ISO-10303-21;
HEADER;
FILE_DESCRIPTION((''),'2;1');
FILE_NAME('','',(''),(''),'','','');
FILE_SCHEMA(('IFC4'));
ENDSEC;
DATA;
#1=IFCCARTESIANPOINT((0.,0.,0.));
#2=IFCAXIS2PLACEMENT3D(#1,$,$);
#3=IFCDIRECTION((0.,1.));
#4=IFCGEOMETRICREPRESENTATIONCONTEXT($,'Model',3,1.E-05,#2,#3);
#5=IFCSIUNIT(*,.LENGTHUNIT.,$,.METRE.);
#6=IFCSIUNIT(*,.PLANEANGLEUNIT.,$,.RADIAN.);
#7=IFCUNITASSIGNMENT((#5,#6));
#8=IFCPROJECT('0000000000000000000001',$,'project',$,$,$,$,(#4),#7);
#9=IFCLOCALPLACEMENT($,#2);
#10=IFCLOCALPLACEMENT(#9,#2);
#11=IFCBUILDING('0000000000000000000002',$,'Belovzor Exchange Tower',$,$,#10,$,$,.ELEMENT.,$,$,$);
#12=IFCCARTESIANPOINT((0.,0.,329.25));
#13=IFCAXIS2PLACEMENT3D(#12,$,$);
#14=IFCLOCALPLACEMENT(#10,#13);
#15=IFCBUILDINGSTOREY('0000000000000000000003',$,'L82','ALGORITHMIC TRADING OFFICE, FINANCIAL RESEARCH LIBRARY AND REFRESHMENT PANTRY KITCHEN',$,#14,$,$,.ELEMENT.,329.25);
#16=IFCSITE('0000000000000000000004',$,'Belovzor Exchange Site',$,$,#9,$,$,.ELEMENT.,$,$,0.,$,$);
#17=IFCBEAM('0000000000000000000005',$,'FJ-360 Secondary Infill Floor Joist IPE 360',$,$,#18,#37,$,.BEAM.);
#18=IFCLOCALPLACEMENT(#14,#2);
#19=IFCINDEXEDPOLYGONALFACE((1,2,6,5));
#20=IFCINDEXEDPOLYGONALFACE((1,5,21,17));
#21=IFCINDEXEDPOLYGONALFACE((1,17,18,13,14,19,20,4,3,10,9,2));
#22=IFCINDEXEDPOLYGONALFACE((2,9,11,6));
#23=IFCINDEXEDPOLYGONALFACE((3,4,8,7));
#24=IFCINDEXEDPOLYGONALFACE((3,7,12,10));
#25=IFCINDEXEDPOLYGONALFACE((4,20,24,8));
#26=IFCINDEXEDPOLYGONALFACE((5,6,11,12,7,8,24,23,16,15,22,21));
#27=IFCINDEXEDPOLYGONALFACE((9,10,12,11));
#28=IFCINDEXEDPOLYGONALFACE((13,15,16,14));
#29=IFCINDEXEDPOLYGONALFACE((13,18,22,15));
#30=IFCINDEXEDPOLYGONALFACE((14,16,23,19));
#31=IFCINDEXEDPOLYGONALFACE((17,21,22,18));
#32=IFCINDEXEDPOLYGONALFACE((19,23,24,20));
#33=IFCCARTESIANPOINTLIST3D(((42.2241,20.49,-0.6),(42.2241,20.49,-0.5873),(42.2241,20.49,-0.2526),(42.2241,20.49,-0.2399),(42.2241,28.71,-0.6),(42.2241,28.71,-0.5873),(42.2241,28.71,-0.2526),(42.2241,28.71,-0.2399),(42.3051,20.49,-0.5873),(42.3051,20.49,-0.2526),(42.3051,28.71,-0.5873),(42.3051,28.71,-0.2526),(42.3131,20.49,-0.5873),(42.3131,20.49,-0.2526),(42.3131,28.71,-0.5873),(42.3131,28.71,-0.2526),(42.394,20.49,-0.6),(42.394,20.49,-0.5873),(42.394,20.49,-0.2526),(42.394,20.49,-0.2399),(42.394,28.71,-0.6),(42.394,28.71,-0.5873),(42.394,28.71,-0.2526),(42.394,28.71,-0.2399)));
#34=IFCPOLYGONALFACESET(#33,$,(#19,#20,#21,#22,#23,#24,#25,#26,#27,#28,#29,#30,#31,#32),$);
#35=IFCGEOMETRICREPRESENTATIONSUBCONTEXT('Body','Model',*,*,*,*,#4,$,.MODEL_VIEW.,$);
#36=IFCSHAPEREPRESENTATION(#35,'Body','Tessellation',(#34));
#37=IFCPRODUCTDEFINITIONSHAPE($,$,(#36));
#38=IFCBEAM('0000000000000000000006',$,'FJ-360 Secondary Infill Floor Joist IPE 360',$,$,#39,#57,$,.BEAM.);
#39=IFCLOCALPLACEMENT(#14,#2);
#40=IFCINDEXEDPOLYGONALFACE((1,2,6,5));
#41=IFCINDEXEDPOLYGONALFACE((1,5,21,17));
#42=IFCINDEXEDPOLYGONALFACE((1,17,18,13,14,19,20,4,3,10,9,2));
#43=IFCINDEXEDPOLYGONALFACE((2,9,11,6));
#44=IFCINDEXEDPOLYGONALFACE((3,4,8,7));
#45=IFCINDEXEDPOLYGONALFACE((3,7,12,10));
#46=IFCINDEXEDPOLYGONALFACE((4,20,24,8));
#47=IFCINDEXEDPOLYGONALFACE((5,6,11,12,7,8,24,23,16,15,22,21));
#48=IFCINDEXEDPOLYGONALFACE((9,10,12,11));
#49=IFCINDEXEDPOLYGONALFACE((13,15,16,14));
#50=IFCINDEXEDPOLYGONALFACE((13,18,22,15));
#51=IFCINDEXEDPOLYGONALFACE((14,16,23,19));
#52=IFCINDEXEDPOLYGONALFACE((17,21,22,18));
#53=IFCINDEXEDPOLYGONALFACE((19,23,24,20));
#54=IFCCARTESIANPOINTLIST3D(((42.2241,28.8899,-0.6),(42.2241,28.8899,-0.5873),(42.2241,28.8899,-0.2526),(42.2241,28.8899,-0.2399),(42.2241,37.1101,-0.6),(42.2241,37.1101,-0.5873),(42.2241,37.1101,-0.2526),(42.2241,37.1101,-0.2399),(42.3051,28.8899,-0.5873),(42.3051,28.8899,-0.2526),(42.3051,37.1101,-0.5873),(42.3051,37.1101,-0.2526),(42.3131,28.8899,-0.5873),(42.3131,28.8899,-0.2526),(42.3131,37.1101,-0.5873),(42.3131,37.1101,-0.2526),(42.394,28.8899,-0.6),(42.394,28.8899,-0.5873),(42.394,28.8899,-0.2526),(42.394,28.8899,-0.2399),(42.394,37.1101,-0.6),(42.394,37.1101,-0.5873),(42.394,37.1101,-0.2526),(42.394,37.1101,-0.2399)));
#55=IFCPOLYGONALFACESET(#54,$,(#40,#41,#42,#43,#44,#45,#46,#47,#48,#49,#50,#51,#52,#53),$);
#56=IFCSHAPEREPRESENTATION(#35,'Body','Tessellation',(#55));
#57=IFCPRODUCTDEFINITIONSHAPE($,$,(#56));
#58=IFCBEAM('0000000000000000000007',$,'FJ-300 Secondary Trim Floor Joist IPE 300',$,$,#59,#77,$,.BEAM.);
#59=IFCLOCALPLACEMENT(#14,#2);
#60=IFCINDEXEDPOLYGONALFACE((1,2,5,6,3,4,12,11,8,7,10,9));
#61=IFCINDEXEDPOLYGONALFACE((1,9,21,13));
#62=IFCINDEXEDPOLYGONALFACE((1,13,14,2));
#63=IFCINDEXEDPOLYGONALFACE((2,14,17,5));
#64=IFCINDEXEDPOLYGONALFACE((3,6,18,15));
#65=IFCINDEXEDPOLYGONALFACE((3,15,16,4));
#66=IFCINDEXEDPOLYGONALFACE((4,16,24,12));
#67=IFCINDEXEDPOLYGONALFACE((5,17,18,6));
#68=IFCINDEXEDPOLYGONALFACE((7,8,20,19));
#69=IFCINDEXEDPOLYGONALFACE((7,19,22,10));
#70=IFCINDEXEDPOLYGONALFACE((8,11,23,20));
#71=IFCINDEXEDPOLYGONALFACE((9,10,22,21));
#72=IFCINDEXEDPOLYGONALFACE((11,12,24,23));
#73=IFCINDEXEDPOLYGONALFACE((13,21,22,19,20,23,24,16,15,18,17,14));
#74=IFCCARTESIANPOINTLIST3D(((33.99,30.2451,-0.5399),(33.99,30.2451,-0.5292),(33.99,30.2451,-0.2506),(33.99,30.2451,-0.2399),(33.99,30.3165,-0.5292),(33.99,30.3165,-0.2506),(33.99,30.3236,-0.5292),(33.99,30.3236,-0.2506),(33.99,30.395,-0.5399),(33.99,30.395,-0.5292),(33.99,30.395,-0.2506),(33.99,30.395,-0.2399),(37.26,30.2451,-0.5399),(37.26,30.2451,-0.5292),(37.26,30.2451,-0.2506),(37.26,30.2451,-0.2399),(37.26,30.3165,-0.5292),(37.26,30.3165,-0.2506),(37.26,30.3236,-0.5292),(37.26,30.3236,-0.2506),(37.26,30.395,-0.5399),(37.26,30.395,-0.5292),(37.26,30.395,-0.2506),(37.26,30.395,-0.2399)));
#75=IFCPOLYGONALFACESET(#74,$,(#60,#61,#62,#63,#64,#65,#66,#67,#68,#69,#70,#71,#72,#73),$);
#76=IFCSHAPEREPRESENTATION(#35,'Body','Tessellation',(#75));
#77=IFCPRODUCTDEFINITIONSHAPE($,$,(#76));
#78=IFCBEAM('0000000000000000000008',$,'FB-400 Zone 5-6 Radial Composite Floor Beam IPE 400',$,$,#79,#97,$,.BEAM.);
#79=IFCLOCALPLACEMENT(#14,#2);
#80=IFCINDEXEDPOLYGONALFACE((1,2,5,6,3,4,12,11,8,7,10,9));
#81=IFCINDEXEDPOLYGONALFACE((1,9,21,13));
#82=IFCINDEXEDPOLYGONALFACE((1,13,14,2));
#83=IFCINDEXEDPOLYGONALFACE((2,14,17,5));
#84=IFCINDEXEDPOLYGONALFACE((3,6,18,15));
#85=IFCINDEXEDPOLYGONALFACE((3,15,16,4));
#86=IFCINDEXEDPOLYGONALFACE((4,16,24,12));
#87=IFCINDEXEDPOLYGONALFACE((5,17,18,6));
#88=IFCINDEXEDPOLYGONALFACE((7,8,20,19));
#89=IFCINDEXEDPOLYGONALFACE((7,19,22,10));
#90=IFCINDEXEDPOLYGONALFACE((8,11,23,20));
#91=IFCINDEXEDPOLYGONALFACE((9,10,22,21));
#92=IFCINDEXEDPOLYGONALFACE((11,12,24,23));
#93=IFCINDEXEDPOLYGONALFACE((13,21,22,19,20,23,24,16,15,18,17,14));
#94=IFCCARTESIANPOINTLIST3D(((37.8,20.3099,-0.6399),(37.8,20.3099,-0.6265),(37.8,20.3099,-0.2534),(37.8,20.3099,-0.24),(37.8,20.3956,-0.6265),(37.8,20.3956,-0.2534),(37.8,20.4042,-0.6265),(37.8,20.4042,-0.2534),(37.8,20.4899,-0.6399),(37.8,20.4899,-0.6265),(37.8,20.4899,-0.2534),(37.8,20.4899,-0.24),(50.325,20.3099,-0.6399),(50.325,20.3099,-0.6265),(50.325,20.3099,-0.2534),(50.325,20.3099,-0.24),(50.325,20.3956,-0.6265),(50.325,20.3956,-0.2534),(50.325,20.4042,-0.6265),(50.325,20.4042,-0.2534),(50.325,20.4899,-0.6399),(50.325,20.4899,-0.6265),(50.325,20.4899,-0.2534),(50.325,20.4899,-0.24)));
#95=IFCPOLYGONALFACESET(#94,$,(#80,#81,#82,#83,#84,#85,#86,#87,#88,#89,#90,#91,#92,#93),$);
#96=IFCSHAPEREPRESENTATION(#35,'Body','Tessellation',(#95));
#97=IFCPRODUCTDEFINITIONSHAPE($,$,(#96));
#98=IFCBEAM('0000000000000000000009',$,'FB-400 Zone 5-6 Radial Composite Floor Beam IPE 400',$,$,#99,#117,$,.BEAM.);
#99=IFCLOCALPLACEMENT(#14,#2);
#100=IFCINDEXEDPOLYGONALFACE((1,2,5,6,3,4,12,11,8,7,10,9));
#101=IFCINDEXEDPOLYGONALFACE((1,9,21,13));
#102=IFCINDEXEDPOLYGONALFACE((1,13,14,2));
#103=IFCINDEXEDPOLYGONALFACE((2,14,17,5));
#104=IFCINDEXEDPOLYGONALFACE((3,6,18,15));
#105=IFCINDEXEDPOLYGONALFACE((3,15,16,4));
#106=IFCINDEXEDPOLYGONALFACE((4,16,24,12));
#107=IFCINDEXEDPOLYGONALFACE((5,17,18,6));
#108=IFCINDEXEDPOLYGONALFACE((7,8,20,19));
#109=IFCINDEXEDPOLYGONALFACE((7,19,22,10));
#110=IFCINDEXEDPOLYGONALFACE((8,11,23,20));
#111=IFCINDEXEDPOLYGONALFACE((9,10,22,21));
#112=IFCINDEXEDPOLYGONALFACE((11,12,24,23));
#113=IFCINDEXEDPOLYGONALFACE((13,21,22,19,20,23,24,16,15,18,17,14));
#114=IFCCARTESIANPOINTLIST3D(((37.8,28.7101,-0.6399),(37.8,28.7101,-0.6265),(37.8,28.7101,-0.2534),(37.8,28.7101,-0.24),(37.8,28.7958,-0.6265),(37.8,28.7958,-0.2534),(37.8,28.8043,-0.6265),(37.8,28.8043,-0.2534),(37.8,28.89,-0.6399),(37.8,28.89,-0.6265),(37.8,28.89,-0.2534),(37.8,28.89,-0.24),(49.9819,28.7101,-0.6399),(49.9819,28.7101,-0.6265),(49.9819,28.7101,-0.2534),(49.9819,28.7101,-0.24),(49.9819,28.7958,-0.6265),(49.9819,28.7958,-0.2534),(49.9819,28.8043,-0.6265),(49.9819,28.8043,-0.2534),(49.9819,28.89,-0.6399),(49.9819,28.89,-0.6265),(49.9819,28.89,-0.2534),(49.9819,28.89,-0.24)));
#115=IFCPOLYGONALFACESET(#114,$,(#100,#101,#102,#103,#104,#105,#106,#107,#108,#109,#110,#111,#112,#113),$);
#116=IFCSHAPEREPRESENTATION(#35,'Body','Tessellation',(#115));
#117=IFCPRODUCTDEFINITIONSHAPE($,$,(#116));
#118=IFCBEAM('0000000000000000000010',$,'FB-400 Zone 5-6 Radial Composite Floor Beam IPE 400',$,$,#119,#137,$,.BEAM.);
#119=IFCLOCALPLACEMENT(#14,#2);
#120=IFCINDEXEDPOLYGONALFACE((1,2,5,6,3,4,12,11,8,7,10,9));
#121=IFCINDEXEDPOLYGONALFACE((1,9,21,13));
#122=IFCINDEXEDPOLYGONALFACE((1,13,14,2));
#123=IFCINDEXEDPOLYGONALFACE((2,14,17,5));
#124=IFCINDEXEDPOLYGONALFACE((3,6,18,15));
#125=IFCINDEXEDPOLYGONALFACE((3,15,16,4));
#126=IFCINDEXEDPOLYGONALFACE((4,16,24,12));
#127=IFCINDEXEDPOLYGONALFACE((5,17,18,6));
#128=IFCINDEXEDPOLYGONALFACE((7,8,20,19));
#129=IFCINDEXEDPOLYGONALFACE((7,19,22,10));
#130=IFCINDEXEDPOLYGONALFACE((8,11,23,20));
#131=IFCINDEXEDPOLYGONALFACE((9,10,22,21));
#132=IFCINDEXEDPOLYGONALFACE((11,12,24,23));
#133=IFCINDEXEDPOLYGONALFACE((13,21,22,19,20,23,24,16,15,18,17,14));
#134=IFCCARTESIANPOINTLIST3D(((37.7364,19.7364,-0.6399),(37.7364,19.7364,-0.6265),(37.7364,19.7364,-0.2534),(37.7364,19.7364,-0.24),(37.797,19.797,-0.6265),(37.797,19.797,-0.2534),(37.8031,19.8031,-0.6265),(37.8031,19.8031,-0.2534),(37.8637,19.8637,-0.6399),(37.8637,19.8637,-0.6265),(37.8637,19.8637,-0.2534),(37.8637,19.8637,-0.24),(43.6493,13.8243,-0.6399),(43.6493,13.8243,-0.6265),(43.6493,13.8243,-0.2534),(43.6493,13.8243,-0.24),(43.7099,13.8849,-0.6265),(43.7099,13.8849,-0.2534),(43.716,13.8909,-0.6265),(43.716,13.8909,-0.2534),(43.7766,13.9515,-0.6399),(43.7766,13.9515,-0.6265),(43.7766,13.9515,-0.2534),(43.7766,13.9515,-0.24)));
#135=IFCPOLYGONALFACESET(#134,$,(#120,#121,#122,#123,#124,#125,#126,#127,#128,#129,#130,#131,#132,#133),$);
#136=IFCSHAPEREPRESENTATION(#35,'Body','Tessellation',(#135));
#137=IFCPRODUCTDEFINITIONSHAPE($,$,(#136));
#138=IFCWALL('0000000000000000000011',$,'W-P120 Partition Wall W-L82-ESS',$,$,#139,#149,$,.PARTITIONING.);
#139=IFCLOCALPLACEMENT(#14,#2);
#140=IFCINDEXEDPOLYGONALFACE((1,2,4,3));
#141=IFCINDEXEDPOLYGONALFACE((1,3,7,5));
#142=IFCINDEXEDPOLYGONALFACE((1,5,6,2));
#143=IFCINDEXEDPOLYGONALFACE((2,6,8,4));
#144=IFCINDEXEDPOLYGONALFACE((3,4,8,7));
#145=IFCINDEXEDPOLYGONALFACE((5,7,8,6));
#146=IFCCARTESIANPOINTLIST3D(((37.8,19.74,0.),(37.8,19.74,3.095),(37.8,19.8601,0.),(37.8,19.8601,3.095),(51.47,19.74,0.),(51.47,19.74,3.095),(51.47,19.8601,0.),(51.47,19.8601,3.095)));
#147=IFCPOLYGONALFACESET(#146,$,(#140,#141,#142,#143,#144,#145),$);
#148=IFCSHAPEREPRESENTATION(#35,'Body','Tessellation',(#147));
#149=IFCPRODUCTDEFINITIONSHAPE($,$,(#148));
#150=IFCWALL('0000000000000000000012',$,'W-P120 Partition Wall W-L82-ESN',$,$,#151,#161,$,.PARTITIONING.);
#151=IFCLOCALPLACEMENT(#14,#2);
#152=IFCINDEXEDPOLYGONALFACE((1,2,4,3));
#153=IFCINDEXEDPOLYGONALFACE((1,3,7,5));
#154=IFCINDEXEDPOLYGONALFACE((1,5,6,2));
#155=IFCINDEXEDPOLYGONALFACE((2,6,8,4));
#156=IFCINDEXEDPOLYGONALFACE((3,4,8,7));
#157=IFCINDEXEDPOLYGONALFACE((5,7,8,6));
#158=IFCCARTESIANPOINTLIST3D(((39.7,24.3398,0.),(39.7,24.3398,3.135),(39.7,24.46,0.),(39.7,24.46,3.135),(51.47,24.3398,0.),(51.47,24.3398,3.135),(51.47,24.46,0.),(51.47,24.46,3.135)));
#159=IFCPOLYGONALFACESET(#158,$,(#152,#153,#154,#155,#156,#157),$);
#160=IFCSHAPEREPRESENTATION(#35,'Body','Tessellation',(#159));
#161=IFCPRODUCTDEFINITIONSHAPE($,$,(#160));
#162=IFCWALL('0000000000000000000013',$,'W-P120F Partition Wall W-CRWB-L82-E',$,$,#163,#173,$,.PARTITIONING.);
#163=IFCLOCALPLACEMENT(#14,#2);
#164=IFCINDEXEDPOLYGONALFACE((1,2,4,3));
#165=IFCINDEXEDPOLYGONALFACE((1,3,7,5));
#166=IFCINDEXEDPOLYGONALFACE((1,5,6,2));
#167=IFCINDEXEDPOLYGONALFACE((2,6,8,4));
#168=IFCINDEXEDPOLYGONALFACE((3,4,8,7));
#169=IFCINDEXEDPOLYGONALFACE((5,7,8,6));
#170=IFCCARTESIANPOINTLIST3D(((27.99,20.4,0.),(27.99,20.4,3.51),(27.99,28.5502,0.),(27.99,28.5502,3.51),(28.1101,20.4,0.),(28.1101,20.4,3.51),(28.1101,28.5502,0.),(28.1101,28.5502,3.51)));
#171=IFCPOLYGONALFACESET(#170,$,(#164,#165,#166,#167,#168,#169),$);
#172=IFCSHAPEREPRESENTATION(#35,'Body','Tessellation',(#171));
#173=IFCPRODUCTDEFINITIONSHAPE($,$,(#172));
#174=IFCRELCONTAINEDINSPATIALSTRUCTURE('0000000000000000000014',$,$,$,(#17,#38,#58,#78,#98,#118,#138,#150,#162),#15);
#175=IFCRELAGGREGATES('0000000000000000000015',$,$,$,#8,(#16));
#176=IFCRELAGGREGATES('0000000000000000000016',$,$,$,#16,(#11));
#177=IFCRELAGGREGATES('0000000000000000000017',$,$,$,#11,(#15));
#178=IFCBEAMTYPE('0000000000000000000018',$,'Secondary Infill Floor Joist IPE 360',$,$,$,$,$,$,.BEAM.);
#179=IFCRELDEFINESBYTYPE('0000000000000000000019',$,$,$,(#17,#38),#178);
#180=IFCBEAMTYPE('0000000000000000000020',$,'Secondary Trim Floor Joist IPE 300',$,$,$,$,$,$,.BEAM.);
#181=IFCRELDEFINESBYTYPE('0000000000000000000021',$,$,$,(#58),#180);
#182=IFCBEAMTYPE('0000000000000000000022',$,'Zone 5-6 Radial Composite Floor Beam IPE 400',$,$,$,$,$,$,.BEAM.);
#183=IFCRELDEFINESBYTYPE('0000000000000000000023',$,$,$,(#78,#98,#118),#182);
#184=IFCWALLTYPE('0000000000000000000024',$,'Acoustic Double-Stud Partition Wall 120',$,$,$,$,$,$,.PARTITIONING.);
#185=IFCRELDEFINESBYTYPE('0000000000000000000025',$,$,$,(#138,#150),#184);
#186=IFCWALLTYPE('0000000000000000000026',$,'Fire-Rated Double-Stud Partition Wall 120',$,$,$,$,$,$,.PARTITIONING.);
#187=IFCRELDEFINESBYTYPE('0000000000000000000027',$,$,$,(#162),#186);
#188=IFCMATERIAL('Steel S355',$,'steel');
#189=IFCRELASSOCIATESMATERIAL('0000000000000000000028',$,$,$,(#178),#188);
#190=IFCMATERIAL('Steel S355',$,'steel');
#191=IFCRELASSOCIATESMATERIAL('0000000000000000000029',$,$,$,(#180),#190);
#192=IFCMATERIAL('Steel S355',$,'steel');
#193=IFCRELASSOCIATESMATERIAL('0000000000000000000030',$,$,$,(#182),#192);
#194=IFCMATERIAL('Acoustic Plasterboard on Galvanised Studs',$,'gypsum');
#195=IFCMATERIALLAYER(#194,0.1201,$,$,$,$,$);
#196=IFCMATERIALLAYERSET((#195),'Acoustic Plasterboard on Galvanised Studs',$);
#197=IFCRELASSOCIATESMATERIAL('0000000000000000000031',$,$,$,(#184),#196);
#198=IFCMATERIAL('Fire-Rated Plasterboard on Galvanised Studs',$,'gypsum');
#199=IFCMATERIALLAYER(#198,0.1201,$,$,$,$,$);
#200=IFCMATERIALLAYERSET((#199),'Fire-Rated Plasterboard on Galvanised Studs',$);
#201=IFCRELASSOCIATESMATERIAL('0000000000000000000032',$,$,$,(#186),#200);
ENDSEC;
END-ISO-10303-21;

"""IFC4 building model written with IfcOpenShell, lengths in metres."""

from ifc_helpers import new_model, si_unit, direction, frame, frame_2d, origin, origin_2d, place, context, subcontext, project, spatial, rectangle, i_section, extrude, material, layer, layer_set, material_profile, profile_set, type_object, element, save


model = new_model("IFC4")

# Units and contexts
model_context = context("Model", 3, precision=1e-05, world=origin(), true_north=direction((0.0, 1.0)))
body_context = subcontext(model_context, "Body", "Model", "MODEL_VIEW")
ifc_project = project(units=[si_unit("LENGTHUNIT", "METRE"), si_unit("PLANEANGLEUNIT", "RADIAN")], contexts=[model_context])

# Site, building, storey
site_placement = place(None, origin())
site = spatial("IfcSite", under=ifc_project, at=site_placement, Name="Belovzor Exchange Site", CompositionType="ELEMENT", RefElevation=0.0)
building_placement = place(site_placement, origin())
building = spatial("IfcBuilding", under=site, at=building_placement, Name="Belovzor Exchange Tower", CompositionType="ELEMENT")
storey_placement = place(building_placement, frame((0.0, 0.0, 329.25)))
storey = spatial("IfcBuildingStorey", under=building, at=storey_placement, Name="L82", Description="ALGORITHMIC TRADING OFFICE, FINANCIAL RESEARCH LIBRARY AND REFRESHMENT PANTRY KITCHEN", CompositionType="ELEMENT", Elevation=329.25)

# Beams
ifc_material_1 = material(Name="Steel S355", Category="steel")
ifc_material_profile_1 = material_profile(ifc_material_1, i_section(OverallWidth=0.1699, OverallDepth=0.3601, WebThickness=0.0081, FlangeThickness=0.0127, at=origin_2d()))
ifc_profile_set_1 = profile_set([ifc_material_profile_1], Name="Steel S355")
beam_type_1 = type_object("IfcBeamType", Name="Secondary Infill Floor Joist IPE 360", PredefinedType="BEAM", material=ifc_profile_set_1)
beam_1_placement = place(storey_placement, frame((42.3091, 20.49, -0.4199), z_axis=(0.0, 1.0, 0.0), x_axis=(-1.0, 0.0, 0.0)))
element("IfcBeam", 1, at=beam_1_placement, inside=storey, type_object=beam_type_1, Name="FJ-360 Secondary Infill Floor Joist IPE 360", PredefinedType="BEAM", context=body_context, shape_type="SweptSolid", body=[
    extrude(i_section(OverallWidth=0.1699, OverallDepth=0.3601, WebThickness=0.0081, FlangeThickness=0.0127, at=origin_2d()), origin(), (0.0, 0.0, 1.0), 8.22),
])
beam_2_placement = place(storey_placement, frame((42.3091, 28.8899, -0.4199), z_axis=(0.0, 1.0, 0.0), x_axis=(-1.0, 0.0, 0.0)))
element("IfcBeam", 2, at=beam_2_placement, inside=storey, type_object=beam_type_1, Name="FJ-360 Secondary Infill Floor Joist IPE 360", PredefinedType="BEAM", context=body_context, shape_type="SweptSolid", body=[
    extrude(i_section(OverallWidth=0.1699, OverallDepth=0.3601, WebThickness=0.0081, FlangeThickness=0.0127, at=origin_2d()), origin(), (0.0, 0.0, 1.0), 8.2202),
])
ifc_material_2 = material(Name="Steel S355", Category="steel")
ifc_material_profile_2 = material_profile(ifc_material_2, i_section(OverallWidth=0.1499, OverallDepth=0.3, WebThickness=0.0071, FlangeThickness=0.0107, at=origin_2d()))
ifc_profile_set_2 = profile_set([ifc_material_profile_2], Name="Steel S355")
beam_type_2 = type_object("IfcBeamType", Name="Secondary Trim Floor Joist IPE 300", PredefinedType="BEAM", material=ifc_profile_set_2)
beam_3_placement = place(storey_placement, frame((37.26, 30.3201, -0.3899), z_axis=(-1.0, 0.0, 0.0), x_axis=(0.0, -1.0, 0.0)))
element("IfcBeam", 3, at=beam_3_placement, inside=storey, type_object=beam_type_2, Name="FJ-300 Secondary Trim Floor Joist IPE 300", PredefinedType="BEAM", context=body_context, shape_type="SweptSolid", body=[
    extrude(i_section(OverallWidth=0.1499, OverallDepth=0.3, WebThickness=0.0071, FlangeThickness=0.0107, at=origin_2d()), origin(), (0.0, 0.0, 1.0), 3.27),
])
ifc_material_3 = material(Name="Steel S355", Category="steel")
ifc_material_profile_3 = material_profile(ifc_material_3, i_section(OverallWidth=0.1799, OverallDepth=0.3999, WebThickness=0.0085, FlangeThickness=0.0134, at=origin_2d()))
ifc_profile_set_3 = profile_set([ifc_material_profile_3], Name="Steel S355")
beam_type_3 = type_object("IfcBeamType", Name="Zone 5-6 Radial Composite Floor Beam IPE 400", PredefinedType="BEAM", material=ifc_profile_set_3)
beam_4_placement = place(storey_placement, frame((37.8, 20.3999, -0.4399), z_axis=(1.0, 0.0, 0.0), x_axis=(0.0, 1.0, 0.0)))
element("IfcBeam", 4, at=beam_4_placement, inside=storey, type_object=beam_type_3, Name="FB-400 Zone 5-6 Radial Composite Floor Beam IPE 400", PredefinedType="BEAM", context=body_context, shape_type="SweptSolid", body=[
    extrude(i_section(OverallWidth=0.1799, OverallDepth=0.3999, WebThickness=0.0085, FlangeThickness=0.0134, at=origin_2d()), origin(), (0.0, 0.0, 1.0), 12.5249),
])
beam_5_placement = place(storey_placement, frame((37.8, 28.8, -0.4399), z_axis=(1.0, 0.0, 0.0), x_axis=(0.0, 1.0, 0.0)))
element("IfcBeam", 5, at=beam_5_placement, inside=storey, type_object=beam_type_3, Name="FB-400 Zone 5-6 Radial Composite Floor Beam IPE 400", PredefinedType="BEAM", context=body_context, shape_type="SweptSolid", body=[
    extrude(i_section(OverallWidth=0.1799, OverallDepth=0.3999, WebThickness=0.0085, FlangeThickness=0.0134, at=origin_2d()), origin(), (0.0, 0.0, 1.0), 12.1819),
])
beam_6_placement = place(storey_placement, frame((37.8, 19.8, -0.4399), z_axis=(0.707151, -0.707063, 0.0), x_axis=(0.707063, 0.707151, 0.0)))
element("IfcBeam", 6, at=beam_6_placement, inside=storey, type_object=beam_type_3, Name="FB-400 Zone 5-6 Radial Composite Floor Beam IPE 400", PredefinedType="BEAM", context=body_context, shape_type="SweptSolid", body=[
    extrude(i_section(OverallWidth=0.1799, OverallDepth=0.3999, WebThickness=0.0085, FlangeThickness=0.0134, at=origin_2d()), origin(), (0.0, 0.0, 1.0), 8.3616),
])

# Walls
ifc_material_4 = material(Name="Acoustic Plasterboard on Galvanised Studs", Category="gypsum")
ifc_layer_1 = layer(ifc_material_4, 0.1201)
ifc_layer_set_1 = layer_set([ifc_layer_1], Name="Acoustic Plasterboard on Galvanised Studs")
wall_type_1 = type_object("IfcWallType", Name="Acoustic Double-Stud Partition Wall 120", PredefinedType="PARTITIONING", material=ifc_layer_set_1)
wall_1_placement = place(storey_placement, frame((37.8, 19.8, 0.0), z_axis=(0.0, 0.0, 1.0), x_axis=(1.0, 0.0, 0.0)))
element("IfcWall", 7, at=wall_1_placement, inside=storey, type_object=wall_type_1, Name="W-P120 Partition Wall W-L82-ESS", PredefinedType="PARTITIONING", context=body_context, shape_type="SweptSolid", body=[
    extrude(rectangle(XDim=13.6699, YDim=0.1201, at=frame_2d((6.835, 0.0))), origin(), (0.0, 0.0, 1.0), 3.095),
])
wall_2_placement = place(storey_placement, frame((39.7, 24.3999, 0.0), z_axis=(0.0, 0.0, 1.0), x_axis=(1.0, 0.0, 0.0)))
element("IfcWall", 8, at=wall_2_placement, inside=storey, type_object=wall_type_1, Name="W-P120 Partition Wall W-L82-ESN", PredefinedType="PARTITIONING", context=body_context, shape_type="SweptSolid", body=[
    extrude(rectangle(XDim=11.77, YDim=0.1201, at=frame_2d((5.885, 0.0))), origin(), (0.0, 0.0, 1.0), 3.135),
])
ifc_material_5 = material(Name="Fire-Rated Plasterboard on Galvanised Studs", Category="gypsum")
ifc_layer_2 = layer(ifc_material_5, 0.1201)
ifc_layer_set_2 = layer_set([ifc_layer_2], Name="Fire-Rated Plasterboard on Galvanised Studs")
wall_type_2 = type_object("IfcWallType", Name="Fire-Rated Double-Stud Partition Wall 120", PredefinedType="PARTITIONING", material=ifc_layer_set_2)
wall_3_placement = place(storey_placement, frame((28.05, 20.3999, 0.0), z_axis=(0.0, 0.0, 1.0), x_axis=(0.0, 1.0, 0.0)))
element("IfcWall", 9, at=wall_3_placement, inside=storey, type_object=wall_type_2, Name="W-P120F Partition Wall W-CRWB-L82-E", PredefinedType="PARTITIONING", context=body_context, shape_type="SweptSolid", body=[
    extrude(rectangle(XDim=8.1501, YDim=0.1201, at=frame_2d((4.0752, 0.0))), origin(), (0.0, 0.0, 1.0), 3.51),
])

save(model, "model.ifc")
